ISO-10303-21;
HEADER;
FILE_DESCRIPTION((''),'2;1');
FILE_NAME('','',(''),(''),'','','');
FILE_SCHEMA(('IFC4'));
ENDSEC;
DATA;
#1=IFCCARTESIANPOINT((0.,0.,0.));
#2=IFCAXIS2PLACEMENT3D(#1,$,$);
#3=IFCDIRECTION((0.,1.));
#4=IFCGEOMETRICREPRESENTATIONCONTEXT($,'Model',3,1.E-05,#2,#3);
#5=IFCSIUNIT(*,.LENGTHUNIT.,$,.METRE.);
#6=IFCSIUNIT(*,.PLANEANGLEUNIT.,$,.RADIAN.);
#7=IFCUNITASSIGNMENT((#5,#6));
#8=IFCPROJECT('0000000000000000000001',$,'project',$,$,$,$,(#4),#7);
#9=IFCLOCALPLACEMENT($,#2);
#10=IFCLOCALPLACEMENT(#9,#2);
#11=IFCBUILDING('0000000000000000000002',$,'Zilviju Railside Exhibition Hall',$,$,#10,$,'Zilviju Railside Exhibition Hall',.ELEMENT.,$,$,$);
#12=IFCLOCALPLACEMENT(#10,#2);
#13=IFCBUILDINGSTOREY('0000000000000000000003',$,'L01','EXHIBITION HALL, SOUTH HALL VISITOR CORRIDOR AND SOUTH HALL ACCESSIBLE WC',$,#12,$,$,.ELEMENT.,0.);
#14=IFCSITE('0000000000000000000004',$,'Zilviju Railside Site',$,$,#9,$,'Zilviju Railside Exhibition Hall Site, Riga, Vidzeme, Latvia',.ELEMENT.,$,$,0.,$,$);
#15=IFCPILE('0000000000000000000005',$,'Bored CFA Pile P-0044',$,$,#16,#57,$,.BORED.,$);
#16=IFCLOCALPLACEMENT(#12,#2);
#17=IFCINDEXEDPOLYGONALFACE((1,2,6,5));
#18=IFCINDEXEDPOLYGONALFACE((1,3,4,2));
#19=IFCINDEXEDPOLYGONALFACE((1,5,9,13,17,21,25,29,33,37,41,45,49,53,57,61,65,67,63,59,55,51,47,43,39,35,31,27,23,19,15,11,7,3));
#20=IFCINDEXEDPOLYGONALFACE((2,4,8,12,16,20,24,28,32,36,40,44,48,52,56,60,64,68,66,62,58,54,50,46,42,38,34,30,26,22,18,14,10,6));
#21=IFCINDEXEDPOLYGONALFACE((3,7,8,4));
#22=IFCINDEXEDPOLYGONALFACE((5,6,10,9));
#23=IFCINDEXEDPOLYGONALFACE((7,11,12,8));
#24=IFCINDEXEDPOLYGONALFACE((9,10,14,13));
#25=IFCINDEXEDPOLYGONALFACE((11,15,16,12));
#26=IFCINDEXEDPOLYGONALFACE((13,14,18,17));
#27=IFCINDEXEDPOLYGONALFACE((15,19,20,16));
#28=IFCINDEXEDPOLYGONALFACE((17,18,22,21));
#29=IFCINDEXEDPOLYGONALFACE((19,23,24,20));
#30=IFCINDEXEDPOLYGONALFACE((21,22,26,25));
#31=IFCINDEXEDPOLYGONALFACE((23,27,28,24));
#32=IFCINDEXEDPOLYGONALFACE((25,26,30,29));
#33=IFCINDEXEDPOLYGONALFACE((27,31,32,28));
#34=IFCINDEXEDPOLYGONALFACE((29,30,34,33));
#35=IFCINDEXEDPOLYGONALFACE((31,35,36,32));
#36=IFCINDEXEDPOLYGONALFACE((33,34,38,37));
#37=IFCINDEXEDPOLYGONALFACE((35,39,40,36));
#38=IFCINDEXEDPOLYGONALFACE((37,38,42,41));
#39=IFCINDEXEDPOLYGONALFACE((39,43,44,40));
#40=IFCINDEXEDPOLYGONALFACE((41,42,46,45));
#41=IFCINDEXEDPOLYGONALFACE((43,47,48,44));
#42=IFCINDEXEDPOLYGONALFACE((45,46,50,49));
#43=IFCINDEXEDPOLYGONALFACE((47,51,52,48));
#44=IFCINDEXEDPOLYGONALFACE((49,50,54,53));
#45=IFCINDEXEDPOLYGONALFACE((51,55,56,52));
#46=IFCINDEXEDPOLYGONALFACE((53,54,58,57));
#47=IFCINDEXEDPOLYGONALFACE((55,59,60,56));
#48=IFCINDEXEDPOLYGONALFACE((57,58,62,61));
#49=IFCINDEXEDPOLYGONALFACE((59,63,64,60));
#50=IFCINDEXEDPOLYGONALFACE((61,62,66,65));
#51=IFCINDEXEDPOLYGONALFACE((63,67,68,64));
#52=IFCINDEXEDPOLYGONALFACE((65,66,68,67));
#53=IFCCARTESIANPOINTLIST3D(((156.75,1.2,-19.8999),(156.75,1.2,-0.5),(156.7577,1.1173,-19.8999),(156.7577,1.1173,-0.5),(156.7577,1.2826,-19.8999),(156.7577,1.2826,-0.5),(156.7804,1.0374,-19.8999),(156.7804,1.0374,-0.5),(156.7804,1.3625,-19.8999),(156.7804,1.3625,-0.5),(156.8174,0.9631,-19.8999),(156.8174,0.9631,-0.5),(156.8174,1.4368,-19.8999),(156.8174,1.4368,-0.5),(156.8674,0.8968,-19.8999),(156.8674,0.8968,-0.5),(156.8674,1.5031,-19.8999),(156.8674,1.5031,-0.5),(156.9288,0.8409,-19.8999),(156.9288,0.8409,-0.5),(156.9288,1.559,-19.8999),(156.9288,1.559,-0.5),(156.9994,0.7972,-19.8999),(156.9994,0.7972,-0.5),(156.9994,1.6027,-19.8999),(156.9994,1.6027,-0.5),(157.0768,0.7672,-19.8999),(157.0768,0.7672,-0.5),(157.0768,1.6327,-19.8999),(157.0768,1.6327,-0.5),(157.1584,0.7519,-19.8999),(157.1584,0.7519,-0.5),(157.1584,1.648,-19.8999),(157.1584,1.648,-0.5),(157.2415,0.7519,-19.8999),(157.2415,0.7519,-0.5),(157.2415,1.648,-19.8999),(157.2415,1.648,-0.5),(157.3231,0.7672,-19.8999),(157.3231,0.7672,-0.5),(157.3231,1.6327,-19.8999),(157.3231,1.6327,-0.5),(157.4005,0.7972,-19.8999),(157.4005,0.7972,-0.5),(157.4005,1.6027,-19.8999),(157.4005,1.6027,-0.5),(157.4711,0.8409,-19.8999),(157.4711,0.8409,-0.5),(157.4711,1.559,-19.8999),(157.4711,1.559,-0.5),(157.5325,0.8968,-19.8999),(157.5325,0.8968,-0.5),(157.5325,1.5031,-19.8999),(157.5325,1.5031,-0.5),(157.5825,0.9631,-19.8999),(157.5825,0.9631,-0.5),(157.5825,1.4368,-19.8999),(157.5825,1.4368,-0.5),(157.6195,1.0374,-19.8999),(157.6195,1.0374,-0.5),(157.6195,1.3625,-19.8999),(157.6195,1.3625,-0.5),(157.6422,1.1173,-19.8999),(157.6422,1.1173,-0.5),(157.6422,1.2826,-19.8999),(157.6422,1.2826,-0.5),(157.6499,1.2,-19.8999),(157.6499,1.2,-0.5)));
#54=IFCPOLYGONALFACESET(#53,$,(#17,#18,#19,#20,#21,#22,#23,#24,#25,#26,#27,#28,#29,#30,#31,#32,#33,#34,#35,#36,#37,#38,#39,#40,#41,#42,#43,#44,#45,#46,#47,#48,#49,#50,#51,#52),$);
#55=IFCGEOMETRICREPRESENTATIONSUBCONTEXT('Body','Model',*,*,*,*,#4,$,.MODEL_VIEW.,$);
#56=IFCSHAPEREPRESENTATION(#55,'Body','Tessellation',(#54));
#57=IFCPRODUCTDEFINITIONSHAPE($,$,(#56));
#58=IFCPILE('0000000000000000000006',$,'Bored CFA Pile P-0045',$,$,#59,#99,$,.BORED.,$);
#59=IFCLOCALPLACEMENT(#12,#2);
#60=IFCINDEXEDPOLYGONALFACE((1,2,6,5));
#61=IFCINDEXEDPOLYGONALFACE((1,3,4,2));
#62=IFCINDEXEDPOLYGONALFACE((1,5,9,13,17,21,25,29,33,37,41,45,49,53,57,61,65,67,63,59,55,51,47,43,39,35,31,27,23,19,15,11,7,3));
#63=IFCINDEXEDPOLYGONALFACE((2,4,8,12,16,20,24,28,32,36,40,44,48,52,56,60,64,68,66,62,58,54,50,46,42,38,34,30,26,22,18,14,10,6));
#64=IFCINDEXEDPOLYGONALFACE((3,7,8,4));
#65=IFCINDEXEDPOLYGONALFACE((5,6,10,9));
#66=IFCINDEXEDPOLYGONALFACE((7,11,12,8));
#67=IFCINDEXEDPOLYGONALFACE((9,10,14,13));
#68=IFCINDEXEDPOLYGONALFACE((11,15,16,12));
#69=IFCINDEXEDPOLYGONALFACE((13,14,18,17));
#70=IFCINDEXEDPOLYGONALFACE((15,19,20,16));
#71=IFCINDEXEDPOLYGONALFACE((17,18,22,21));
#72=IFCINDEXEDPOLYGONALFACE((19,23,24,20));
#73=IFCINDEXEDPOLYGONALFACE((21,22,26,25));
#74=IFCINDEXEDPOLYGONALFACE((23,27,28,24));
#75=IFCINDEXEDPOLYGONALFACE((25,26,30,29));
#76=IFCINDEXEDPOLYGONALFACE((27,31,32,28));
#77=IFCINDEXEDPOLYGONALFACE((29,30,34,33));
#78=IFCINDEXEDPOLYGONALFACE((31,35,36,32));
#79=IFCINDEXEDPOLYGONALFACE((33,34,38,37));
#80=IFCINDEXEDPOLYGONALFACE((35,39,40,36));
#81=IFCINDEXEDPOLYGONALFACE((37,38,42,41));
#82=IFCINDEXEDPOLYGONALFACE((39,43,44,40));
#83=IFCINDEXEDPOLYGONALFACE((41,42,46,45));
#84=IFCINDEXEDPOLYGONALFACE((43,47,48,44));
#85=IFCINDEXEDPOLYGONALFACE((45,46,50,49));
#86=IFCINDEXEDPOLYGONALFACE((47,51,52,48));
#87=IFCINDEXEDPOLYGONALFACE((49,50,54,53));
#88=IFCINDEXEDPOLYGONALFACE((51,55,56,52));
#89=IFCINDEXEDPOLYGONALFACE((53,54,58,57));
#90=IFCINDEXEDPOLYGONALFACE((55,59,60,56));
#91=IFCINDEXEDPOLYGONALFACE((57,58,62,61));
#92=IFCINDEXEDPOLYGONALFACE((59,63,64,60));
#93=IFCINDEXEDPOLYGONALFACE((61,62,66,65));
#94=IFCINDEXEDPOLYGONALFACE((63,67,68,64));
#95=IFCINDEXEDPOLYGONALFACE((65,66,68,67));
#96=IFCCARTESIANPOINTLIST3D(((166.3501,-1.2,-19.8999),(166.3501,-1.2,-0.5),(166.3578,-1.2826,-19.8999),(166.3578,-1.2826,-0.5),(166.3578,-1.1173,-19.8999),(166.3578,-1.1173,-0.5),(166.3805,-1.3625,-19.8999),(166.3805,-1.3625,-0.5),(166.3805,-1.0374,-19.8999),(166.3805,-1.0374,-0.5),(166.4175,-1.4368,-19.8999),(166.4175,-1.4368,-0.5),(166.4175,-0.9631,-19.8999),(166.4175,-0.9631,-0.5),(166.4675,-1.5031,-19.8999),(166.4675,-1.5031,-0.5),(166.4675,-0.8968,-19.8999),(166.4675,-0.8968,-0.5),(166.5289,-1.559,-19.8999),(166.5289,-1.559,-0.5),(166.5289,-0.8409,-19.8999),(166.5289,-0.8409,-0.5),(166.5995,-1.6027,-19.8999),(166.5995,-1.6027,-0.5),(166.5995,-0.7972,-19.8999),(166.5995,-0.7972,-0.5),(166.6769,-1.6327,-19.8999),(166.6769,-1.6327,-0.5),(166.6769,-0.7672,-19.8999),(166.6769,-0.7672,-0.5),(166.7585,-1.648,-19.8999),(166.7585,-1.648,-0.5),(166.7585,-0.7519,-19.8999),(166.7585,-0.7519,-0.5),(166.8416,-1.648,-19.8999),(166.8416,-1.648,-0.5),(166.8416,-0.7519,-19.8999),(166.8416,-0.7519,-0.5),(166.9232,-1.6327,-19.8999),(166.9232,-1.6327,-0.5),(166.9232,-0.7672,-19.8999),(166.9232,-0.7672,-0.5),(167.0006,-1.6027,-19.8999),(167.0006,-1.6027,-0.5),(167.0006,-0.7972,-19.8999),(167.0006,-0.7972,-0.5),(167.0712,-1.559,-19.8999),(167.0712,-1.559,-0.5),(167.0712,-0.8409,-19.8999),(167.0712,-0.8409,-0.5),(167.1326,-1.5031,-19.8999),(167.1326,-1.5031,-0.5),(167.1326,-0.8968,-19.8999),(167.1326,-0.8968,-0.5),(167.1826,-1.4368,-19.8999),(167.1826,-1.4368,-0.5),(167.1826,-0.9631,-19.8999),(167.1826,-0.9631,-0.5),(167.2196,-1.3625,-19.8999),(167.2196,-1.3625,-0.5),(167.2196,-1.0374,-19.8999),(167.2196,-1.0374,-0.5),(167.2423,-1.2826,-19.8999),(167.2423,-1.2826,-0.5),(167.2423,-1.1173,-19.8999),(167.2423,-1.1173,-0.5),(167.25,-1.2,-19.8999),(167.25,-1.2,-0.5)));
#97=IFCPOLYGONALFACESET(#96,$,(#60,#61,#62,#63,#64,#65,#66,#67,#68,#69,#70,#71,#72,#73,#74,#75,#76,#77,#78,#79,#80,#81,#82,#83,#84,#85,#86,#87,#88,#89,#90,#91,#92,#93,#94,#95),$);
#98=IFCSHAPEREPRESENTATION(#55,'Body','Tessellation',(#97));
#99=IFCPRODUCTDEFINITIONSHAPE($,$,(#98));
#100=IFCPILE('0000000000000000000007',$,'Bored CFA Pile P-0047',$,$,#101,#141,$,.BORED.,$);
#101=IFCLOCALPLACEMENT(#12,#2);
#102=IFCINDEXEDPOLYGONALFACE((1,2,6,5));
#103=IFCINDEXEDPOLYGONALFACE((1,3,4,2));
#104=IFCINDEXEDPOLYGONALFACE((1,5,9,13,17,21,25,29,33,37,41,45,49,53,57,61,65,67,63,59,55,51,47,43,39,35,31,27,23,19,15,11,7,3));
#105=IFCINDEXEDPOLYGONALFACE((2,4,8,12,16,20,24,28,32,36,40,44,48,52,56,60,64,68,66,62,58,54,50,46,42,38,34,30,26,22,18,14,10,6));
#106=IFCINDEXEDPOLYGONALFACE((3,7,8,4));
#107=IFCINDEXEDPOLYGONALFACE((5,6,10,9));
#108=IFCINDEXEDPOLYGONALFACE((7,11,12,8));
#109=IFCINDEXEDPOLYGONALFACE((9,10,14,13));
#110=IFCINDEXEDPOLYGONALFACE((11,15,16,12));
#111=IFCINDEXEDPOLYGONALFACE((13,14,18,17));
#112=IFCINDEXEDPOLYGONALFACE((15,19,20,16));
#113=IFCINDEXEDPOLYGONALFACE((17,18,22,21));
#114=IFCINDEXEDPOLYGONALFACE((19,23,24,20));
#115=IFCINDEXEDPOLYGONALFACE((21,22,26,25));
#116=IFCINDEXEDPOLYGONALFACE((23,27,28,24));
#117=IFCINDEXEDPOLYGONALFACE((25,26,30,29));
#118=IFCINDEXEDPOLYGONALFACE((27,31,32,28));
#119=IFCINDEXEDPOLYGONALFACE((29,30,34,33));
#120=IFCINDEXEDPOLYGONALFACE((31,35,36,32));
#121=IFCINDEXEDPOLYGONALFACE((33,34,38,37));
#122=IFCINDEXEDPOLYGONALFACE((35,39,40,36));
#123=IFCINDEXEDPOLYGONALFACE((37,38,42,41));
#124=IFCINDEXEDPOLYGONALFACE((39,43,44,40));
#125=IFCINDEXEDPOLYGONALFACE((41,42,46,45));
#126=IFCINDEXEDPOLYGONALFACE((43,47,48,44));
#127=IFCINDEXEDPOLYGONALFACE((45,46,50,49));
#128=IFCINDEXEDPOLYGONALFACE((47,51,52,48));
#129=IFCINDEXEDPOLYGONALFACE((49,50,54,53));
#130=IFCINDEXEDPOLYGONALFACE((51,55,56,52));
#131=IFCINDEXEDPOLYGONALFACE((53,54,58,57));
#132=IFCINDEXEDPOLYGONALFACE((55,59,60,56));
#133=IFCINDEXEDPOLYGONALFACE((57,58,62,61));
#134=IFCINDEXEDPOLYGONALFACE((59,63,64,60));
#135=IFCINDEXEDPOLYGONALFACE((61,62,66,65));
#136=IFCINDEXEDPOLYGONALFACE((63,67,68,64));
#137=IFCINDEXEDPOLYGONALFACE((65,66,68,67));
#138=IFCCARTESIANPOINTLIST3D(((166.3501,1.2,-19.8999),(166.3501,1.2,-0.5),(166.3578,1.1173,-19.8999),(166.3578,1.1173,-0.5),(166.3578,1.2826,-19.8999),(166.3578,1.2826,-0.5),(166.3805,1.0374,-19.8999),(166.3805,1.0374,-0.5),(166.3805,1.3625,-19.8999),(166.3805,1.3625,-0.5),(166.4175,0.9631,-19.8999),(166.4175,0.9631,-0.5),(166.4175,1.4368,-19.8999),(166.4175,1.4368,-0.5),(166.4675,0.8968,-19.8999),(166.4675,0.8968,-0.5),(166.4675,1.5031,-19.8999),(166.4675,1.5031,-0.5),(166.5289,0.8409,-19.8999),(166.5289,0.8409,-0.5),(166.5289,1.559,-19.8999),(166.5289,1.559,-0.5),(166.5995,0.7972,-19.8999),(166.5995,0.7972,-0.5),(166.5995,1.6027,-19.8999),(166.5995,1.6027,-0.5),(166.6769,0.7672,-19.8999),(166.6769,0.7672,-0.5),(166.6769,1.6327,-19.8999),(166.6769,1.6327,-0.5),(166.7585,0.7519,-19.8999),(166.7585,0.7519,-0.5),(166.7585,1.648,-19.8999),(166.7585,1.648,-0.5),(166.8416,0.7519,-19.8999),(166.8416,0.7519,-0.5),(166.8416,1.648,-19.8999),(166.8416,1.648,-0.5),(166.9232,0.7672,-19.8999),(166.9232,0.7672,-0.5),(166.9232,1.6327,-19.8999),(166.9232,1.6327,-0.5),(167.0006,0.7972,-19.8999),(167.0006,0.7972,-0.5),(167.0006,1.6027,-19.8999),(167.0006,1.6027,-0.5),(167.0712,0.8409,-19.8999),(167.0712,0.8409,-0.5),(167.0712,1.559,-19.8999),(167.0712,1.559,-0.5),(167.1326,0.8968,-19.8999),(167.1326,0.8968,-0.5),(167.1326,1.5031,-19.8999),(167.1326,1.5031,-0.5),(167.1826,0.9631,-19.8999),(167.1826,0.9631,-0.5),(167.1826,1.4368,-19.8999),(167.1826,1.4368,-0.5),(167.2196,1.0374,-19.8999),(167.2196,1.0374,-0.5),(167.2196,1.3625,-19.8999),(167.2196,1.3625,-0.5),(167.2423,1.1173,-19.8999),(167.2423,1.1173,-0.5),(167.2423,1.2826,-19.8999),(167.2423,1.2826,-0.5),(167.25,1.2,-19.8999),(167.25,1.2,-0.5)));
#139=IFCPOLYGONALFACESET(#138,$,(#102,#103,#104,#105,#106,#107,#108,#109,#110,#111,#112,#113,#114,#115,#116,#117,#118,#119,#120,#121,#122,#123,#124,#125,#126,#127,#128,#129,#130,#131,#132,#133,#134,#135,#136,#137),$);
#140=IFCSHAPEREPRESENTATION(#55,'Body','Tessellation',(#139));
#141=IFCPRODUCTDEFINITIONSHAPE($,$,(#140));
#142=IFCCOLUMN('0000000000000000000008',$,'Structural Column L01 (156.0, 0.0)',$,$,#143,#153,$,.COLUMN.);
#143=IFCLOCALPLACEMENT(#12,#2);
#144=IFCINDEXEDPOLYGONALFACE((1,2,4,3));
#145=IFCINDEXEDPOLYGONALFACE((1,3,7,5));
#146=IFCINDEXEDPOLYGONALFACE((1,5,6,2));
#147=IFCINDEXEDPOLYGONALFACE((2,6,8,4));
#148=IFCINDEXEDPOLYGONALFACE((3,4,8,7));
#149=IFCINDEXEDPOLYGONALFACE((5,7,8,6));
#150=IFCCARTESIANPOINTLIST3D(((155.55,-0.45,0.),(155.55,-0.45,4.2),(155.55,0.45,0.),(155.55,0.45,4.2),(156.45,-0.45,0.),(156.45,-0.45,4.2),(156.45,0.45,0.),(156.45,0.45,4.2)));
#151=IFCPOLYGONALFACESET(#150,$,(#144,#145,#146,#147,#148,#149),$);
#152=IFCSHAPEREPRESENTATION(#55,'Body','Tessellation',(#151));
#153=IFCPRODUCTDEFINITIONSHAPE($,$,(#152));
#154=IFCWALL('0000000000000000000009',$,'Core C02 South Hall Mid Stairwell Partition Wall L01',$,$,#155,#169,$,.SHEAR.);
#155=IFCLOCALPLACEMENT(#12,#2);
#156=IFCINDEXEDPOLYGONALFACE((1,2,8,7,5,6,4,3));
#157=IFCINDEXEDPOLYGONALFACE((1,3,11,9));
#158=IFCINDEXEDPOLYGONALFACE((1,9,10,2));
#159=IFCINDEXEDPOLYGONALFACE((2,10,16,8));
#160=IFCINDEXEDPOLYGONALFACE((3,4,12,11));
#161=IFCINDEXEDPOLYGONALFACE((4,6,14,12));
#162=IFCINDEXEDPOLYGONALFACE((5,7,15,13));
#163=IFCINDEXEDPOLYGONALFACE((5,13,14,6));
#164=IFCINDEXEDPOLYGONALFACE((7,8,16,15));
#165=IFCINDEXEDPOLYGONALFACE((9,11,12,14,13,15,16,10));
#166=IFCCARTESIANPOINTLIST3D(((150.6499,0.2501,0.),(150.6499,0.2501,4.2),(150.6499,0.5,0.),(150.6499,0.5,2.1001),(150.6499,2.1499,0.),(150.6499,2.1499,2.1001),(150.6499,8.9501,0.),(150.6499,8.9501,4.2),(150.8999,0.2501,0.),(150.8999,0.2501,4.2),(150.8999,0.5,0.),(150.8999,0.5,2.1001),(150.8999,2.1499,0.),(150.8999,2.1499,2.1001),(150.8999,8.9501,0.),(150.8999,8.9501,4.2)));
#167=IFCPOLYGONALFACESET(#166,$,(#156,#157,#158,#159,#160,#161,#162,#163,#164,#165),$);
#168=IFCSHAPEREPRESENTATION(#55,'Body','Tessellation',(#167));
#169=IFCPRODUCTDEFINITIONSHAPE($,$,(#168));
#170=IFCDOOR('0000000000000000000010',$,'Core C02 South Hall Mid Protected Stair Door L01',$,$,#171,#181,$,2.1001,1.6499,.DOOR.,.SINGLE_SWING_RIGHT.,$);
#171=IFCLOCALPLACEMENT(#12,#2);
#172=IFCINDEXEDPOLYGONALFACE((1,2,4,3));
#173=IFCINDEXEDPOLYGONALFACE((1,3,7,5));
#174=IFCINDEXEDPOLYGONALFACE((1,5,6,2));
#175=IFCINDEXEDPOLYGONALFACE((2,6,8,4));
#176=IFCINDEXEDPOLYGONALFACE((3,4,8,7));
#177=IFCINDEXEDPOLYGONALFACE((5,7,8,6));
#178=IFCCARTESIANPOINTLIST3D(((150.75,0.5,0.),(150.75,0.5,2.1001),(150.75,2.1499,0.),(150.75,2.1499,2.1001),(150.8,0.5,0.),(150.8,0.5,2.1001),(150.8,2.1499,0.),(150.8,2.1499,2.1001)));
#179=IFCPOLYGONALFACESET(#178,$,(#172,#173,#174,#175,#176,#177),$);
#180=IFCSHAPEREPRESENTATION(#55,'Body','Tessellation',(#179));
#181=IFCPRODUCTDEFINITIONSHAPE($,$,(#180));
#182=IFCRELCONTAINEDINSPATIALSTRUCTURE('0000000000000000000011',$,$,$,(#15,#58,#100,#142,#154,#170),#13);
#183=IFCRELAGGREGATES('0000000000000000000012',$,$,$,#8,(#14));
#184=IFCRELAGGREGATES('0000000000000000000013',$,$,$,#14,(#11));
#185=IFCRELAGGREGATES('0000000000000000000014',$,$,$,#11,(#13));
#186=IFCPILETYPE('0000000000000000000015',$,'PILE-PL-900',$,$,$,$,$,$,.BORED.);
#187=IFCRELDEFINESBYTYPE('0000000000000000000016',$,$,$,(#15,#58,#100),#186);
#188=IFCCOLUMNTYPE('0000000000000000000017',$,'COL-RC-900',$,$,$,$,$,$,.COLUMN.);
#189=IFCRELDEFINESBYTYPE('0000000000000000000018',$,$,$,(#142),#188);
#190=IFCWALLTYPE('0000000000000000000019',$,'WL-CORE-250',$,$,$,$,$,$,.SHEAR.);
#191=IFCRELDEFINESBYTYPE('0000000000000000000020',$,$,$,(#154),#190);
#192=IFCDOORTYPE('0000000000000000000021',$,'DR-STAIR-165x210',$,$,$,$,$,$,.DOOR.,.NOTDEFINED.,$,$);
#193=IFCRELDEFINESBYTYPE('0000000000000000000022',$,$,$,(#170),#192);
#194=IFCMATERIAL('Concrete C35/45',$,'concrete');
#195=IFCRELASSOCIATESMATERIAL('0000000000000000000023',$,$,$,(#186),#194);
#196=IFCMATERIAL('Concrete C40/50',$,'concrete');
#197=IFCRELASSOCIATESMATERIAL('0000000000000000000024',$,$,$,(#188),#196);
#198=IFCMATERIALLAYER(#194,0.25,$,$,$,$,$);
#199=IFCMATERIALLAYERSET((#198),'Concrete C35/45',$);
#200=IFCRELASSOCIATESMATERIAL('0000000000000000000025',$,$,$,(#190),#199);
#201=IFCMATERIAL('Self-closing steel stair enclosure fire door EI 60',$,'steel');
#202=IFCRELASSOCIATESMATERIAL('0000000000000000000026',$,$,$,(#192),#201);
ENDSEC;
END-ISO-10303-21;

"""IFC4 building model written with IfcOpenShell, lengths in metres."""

from ifc_helpers import new_model, si_unit, direction, frame, frame_2d, origin, origin_2d, place, context, subcontext, project, spatial, rectangle, circle, extrude, material, layer, layer_set, material_profile, profile_set, type_object, element, fill, save


model = new_model("IFC4")

# Units and contexts
model_context = context("Model", 3, precision=1e-05, world=origin(), true_north=direction((0.0, 1.0)))
body_context = subcontext(model_context, "Body", "Model", "MODEL_VIEW")
ifc_project = project(units=[si_unit("LENGTHUNIT", "METRE"), si_unit("PLANEANGLEUNIT", "RADIAN")], contexts=[model_context])

# Site, building, storey
site_placement = place(None, origin())
site = spatial("IfcSite", under=ifc_project, at=site_placement, Name="Zilviju Railside Site", LongName="Zilviju Railside Exhibition Hall Site, Riga, Vidzeme, Latvia", CompositionType="ELEMENT", RefElevation=0.0)
building_placement = place(site_placement, origin())
building = spatial("IfcBuilding", under=site, at=building_placement, Name="Zilviju Railside Exhibition Hall", LongName="Zilviju Railside Exhibition Hall", CompositionType="ELEMENT")
storey_placement = place(building_placement, origin())
storey = spatial("IfcBuildingStorey", under=building, at=storey_placement, Name="L01", Description="EXHIBITION HALL, SOUTH HALL VISITOR CORRIDOR AND SOUTH HALL ACCESSIBLE WC", CompositionType="ELEMENT", Elevation=0.0)

# Shared definitions
ifc_material_1 = material(Name="Concrete C35/45", Category="concrete")

# Piles
ifc_material_profile_1 = material_profile(ifc_material_1, circle(Radius=0.45, at=origin_2d()), Name="CFA PILE D900")
ifc_profile_set_1 = profile_set([ifc_material_profile_1], Name="Concrete C35/45")
pile_type = type_object("IfcPileType", Name="PILE-PL-900", PredefinedType="BORED", material=ifc_profile_set_1)
for number, where, z_axis, x_axis, name in (
    (1, (157.2, 1.2, -0.5), (0.0, 0.0, -1.0), (1.0, 0.0, 0.0), "Bored CFA Pile P-0044"),
    (2, (166.8, -1.2, -0.5), (0.0, 0.0, -1.0), (1.0, 0.0, 0.0), "Bored CFA Pile P-0045"),
    (3, (166.8, 1.2, -0.5), (0.0, 0.0, -1.0), (1.0, 0.0, 0.0), "Bored CFA Pile P-0047"),
):
    element("IfcPile", number, at=place(storey_placement, frame(where, z_axis=z_axis, x_axis=x_axis)), inside=storey, type_object=pile_type, Name=name, PredefinedType="BORED", context=body_context, shape_type="SweptSolid", body=[
        extrude(circle(Radius=0.45, at=origin_2d()), origin(), (0.0, 0.0, 1.0), 19.3999),
    ])

# Column
ifc_material_2 = material(Name="Concrete C40/50", Category="concrete")
ifc_material_profile_2 = material_profile(ifc_material_2, rectangle(XDim=0.8999, YDim=0.8999, at=origin_2d()), Name="RC COL 900x900")
ifc_profile_set_2 = profile_set([ifc_material_profile_2], Name="Concrete C40/50")
column_type = type_object("IfcColumnType", Name="COL-RC-900", PredefinedType="COLUMN", material=ifc_profile_set_2)
column_placement = place(storey_placement, frame((156.0, 0.0, 0.0), z_axis=(0.0, 0.0, 1.0), x_axis=(1.0, 0.0, 0.0)))
element("IfcColumn", 4, at=column_placement, inside=storey, type_object=column_type, Name="Structural Column L01 (156.0, 0.0)", PredefinedType="COLUMN", context=body_context, shape_type="SweptSolid", body=[
    extrude(rectangle(XDim=0.8999, YDim=0.8999, at=origin_2d()), origin(), (0.0, 0.0, 1.0), 4.2),
])

# Wall, opening, door
ifc_layer_1 = layer(ifc_material_1, 0.25)
ifc_layer_set_1 = layer_set([ifc_layer_1], Name="Concrete C35/45")
wall_type_1 = type_object("IfcWallType", Name="WL-CORE-250", PredefinedType="SHEAR", material=ifc_layer_set_1)
wall_1_placement = place(storey_placement, frame((150.7749, 0.25, 0.0), z_axis=(0.0, 0.0, 1.0), x_axis=(0.0, 1.0, 0.0)))
wall_1 = element("IfcWall", 5, at=wall_1_placement, inside=storey, type_object=wall_type_1, Name="Core C02 South Hall Mid Stairwell Partition Wall L01", PredefinedType="SHEAR", context=body_context, shape_type="SweptSolid", body=[
    extrude(rectangle(XDim=8.7, YDim=0.25, at=frame_2d((4.3501, 0.0))), origin(), (0.0, 0.0, 1.0), 4.2),
])
opening_1_placement = place(wall_1_placement, frame((0.25, 0.0, 0.0)))
opening_1 = element("IfcOpeningElement", 6, at=opening_1_placement, cuts=wall_1, PredefinedType="OPENING", context=body_context, shape_type="SweptSolid", body=[
    extrude(rectangle(XDim=1.6499, YDim=2.1001, at=frame_2d((0.825, 1.05))), frame((0.0, 0.135, 0.0), z_axis=(0.0, -1.0, 0.0), x_axis=(1.0, 0.0, 0.0)), (0.0, 0.0, 1.0), 0.27),
])
ifc_material_3 = material(Name="Self-closing steel stair enclosure fire door EI 60", Category="steel")
door_type_1 = type_object("IfcDoorType", Name="DR-STAIR-165x210", OperationType="NOTDEFINED", PredefinedType="DOOR", material=ifc_material_3)
door_1_placement = place(opening_1_placement, origin())
door_1 = element("IfcDoor", 7, at=door_1_placement, inside=storey, type_object=door_type_1, Name="Core C02 South Hall Mid Protected Stair Door L01", OperationType="SINGLE_SWING_RIGHT", OverallHeight=2.1001, OverallWidth=1.6499, PredefinedType="DOOR", context=body_context, shape_type="SweptSolid", body=[
    extrude(rectangle(XDim=1.6499, YDim=2.1001, at=frame_2d((0.825, 1.05))), frame((0.0, 0.0249, 0.0), z_axis=(0.0, -1.0, 0.0), x_axis=(1.0, 0.0, 0.0)), (0.0, 0.0, 1.0), 0.05),
])
fill(opening_1, door_1)

save(model, "model.ifc")
